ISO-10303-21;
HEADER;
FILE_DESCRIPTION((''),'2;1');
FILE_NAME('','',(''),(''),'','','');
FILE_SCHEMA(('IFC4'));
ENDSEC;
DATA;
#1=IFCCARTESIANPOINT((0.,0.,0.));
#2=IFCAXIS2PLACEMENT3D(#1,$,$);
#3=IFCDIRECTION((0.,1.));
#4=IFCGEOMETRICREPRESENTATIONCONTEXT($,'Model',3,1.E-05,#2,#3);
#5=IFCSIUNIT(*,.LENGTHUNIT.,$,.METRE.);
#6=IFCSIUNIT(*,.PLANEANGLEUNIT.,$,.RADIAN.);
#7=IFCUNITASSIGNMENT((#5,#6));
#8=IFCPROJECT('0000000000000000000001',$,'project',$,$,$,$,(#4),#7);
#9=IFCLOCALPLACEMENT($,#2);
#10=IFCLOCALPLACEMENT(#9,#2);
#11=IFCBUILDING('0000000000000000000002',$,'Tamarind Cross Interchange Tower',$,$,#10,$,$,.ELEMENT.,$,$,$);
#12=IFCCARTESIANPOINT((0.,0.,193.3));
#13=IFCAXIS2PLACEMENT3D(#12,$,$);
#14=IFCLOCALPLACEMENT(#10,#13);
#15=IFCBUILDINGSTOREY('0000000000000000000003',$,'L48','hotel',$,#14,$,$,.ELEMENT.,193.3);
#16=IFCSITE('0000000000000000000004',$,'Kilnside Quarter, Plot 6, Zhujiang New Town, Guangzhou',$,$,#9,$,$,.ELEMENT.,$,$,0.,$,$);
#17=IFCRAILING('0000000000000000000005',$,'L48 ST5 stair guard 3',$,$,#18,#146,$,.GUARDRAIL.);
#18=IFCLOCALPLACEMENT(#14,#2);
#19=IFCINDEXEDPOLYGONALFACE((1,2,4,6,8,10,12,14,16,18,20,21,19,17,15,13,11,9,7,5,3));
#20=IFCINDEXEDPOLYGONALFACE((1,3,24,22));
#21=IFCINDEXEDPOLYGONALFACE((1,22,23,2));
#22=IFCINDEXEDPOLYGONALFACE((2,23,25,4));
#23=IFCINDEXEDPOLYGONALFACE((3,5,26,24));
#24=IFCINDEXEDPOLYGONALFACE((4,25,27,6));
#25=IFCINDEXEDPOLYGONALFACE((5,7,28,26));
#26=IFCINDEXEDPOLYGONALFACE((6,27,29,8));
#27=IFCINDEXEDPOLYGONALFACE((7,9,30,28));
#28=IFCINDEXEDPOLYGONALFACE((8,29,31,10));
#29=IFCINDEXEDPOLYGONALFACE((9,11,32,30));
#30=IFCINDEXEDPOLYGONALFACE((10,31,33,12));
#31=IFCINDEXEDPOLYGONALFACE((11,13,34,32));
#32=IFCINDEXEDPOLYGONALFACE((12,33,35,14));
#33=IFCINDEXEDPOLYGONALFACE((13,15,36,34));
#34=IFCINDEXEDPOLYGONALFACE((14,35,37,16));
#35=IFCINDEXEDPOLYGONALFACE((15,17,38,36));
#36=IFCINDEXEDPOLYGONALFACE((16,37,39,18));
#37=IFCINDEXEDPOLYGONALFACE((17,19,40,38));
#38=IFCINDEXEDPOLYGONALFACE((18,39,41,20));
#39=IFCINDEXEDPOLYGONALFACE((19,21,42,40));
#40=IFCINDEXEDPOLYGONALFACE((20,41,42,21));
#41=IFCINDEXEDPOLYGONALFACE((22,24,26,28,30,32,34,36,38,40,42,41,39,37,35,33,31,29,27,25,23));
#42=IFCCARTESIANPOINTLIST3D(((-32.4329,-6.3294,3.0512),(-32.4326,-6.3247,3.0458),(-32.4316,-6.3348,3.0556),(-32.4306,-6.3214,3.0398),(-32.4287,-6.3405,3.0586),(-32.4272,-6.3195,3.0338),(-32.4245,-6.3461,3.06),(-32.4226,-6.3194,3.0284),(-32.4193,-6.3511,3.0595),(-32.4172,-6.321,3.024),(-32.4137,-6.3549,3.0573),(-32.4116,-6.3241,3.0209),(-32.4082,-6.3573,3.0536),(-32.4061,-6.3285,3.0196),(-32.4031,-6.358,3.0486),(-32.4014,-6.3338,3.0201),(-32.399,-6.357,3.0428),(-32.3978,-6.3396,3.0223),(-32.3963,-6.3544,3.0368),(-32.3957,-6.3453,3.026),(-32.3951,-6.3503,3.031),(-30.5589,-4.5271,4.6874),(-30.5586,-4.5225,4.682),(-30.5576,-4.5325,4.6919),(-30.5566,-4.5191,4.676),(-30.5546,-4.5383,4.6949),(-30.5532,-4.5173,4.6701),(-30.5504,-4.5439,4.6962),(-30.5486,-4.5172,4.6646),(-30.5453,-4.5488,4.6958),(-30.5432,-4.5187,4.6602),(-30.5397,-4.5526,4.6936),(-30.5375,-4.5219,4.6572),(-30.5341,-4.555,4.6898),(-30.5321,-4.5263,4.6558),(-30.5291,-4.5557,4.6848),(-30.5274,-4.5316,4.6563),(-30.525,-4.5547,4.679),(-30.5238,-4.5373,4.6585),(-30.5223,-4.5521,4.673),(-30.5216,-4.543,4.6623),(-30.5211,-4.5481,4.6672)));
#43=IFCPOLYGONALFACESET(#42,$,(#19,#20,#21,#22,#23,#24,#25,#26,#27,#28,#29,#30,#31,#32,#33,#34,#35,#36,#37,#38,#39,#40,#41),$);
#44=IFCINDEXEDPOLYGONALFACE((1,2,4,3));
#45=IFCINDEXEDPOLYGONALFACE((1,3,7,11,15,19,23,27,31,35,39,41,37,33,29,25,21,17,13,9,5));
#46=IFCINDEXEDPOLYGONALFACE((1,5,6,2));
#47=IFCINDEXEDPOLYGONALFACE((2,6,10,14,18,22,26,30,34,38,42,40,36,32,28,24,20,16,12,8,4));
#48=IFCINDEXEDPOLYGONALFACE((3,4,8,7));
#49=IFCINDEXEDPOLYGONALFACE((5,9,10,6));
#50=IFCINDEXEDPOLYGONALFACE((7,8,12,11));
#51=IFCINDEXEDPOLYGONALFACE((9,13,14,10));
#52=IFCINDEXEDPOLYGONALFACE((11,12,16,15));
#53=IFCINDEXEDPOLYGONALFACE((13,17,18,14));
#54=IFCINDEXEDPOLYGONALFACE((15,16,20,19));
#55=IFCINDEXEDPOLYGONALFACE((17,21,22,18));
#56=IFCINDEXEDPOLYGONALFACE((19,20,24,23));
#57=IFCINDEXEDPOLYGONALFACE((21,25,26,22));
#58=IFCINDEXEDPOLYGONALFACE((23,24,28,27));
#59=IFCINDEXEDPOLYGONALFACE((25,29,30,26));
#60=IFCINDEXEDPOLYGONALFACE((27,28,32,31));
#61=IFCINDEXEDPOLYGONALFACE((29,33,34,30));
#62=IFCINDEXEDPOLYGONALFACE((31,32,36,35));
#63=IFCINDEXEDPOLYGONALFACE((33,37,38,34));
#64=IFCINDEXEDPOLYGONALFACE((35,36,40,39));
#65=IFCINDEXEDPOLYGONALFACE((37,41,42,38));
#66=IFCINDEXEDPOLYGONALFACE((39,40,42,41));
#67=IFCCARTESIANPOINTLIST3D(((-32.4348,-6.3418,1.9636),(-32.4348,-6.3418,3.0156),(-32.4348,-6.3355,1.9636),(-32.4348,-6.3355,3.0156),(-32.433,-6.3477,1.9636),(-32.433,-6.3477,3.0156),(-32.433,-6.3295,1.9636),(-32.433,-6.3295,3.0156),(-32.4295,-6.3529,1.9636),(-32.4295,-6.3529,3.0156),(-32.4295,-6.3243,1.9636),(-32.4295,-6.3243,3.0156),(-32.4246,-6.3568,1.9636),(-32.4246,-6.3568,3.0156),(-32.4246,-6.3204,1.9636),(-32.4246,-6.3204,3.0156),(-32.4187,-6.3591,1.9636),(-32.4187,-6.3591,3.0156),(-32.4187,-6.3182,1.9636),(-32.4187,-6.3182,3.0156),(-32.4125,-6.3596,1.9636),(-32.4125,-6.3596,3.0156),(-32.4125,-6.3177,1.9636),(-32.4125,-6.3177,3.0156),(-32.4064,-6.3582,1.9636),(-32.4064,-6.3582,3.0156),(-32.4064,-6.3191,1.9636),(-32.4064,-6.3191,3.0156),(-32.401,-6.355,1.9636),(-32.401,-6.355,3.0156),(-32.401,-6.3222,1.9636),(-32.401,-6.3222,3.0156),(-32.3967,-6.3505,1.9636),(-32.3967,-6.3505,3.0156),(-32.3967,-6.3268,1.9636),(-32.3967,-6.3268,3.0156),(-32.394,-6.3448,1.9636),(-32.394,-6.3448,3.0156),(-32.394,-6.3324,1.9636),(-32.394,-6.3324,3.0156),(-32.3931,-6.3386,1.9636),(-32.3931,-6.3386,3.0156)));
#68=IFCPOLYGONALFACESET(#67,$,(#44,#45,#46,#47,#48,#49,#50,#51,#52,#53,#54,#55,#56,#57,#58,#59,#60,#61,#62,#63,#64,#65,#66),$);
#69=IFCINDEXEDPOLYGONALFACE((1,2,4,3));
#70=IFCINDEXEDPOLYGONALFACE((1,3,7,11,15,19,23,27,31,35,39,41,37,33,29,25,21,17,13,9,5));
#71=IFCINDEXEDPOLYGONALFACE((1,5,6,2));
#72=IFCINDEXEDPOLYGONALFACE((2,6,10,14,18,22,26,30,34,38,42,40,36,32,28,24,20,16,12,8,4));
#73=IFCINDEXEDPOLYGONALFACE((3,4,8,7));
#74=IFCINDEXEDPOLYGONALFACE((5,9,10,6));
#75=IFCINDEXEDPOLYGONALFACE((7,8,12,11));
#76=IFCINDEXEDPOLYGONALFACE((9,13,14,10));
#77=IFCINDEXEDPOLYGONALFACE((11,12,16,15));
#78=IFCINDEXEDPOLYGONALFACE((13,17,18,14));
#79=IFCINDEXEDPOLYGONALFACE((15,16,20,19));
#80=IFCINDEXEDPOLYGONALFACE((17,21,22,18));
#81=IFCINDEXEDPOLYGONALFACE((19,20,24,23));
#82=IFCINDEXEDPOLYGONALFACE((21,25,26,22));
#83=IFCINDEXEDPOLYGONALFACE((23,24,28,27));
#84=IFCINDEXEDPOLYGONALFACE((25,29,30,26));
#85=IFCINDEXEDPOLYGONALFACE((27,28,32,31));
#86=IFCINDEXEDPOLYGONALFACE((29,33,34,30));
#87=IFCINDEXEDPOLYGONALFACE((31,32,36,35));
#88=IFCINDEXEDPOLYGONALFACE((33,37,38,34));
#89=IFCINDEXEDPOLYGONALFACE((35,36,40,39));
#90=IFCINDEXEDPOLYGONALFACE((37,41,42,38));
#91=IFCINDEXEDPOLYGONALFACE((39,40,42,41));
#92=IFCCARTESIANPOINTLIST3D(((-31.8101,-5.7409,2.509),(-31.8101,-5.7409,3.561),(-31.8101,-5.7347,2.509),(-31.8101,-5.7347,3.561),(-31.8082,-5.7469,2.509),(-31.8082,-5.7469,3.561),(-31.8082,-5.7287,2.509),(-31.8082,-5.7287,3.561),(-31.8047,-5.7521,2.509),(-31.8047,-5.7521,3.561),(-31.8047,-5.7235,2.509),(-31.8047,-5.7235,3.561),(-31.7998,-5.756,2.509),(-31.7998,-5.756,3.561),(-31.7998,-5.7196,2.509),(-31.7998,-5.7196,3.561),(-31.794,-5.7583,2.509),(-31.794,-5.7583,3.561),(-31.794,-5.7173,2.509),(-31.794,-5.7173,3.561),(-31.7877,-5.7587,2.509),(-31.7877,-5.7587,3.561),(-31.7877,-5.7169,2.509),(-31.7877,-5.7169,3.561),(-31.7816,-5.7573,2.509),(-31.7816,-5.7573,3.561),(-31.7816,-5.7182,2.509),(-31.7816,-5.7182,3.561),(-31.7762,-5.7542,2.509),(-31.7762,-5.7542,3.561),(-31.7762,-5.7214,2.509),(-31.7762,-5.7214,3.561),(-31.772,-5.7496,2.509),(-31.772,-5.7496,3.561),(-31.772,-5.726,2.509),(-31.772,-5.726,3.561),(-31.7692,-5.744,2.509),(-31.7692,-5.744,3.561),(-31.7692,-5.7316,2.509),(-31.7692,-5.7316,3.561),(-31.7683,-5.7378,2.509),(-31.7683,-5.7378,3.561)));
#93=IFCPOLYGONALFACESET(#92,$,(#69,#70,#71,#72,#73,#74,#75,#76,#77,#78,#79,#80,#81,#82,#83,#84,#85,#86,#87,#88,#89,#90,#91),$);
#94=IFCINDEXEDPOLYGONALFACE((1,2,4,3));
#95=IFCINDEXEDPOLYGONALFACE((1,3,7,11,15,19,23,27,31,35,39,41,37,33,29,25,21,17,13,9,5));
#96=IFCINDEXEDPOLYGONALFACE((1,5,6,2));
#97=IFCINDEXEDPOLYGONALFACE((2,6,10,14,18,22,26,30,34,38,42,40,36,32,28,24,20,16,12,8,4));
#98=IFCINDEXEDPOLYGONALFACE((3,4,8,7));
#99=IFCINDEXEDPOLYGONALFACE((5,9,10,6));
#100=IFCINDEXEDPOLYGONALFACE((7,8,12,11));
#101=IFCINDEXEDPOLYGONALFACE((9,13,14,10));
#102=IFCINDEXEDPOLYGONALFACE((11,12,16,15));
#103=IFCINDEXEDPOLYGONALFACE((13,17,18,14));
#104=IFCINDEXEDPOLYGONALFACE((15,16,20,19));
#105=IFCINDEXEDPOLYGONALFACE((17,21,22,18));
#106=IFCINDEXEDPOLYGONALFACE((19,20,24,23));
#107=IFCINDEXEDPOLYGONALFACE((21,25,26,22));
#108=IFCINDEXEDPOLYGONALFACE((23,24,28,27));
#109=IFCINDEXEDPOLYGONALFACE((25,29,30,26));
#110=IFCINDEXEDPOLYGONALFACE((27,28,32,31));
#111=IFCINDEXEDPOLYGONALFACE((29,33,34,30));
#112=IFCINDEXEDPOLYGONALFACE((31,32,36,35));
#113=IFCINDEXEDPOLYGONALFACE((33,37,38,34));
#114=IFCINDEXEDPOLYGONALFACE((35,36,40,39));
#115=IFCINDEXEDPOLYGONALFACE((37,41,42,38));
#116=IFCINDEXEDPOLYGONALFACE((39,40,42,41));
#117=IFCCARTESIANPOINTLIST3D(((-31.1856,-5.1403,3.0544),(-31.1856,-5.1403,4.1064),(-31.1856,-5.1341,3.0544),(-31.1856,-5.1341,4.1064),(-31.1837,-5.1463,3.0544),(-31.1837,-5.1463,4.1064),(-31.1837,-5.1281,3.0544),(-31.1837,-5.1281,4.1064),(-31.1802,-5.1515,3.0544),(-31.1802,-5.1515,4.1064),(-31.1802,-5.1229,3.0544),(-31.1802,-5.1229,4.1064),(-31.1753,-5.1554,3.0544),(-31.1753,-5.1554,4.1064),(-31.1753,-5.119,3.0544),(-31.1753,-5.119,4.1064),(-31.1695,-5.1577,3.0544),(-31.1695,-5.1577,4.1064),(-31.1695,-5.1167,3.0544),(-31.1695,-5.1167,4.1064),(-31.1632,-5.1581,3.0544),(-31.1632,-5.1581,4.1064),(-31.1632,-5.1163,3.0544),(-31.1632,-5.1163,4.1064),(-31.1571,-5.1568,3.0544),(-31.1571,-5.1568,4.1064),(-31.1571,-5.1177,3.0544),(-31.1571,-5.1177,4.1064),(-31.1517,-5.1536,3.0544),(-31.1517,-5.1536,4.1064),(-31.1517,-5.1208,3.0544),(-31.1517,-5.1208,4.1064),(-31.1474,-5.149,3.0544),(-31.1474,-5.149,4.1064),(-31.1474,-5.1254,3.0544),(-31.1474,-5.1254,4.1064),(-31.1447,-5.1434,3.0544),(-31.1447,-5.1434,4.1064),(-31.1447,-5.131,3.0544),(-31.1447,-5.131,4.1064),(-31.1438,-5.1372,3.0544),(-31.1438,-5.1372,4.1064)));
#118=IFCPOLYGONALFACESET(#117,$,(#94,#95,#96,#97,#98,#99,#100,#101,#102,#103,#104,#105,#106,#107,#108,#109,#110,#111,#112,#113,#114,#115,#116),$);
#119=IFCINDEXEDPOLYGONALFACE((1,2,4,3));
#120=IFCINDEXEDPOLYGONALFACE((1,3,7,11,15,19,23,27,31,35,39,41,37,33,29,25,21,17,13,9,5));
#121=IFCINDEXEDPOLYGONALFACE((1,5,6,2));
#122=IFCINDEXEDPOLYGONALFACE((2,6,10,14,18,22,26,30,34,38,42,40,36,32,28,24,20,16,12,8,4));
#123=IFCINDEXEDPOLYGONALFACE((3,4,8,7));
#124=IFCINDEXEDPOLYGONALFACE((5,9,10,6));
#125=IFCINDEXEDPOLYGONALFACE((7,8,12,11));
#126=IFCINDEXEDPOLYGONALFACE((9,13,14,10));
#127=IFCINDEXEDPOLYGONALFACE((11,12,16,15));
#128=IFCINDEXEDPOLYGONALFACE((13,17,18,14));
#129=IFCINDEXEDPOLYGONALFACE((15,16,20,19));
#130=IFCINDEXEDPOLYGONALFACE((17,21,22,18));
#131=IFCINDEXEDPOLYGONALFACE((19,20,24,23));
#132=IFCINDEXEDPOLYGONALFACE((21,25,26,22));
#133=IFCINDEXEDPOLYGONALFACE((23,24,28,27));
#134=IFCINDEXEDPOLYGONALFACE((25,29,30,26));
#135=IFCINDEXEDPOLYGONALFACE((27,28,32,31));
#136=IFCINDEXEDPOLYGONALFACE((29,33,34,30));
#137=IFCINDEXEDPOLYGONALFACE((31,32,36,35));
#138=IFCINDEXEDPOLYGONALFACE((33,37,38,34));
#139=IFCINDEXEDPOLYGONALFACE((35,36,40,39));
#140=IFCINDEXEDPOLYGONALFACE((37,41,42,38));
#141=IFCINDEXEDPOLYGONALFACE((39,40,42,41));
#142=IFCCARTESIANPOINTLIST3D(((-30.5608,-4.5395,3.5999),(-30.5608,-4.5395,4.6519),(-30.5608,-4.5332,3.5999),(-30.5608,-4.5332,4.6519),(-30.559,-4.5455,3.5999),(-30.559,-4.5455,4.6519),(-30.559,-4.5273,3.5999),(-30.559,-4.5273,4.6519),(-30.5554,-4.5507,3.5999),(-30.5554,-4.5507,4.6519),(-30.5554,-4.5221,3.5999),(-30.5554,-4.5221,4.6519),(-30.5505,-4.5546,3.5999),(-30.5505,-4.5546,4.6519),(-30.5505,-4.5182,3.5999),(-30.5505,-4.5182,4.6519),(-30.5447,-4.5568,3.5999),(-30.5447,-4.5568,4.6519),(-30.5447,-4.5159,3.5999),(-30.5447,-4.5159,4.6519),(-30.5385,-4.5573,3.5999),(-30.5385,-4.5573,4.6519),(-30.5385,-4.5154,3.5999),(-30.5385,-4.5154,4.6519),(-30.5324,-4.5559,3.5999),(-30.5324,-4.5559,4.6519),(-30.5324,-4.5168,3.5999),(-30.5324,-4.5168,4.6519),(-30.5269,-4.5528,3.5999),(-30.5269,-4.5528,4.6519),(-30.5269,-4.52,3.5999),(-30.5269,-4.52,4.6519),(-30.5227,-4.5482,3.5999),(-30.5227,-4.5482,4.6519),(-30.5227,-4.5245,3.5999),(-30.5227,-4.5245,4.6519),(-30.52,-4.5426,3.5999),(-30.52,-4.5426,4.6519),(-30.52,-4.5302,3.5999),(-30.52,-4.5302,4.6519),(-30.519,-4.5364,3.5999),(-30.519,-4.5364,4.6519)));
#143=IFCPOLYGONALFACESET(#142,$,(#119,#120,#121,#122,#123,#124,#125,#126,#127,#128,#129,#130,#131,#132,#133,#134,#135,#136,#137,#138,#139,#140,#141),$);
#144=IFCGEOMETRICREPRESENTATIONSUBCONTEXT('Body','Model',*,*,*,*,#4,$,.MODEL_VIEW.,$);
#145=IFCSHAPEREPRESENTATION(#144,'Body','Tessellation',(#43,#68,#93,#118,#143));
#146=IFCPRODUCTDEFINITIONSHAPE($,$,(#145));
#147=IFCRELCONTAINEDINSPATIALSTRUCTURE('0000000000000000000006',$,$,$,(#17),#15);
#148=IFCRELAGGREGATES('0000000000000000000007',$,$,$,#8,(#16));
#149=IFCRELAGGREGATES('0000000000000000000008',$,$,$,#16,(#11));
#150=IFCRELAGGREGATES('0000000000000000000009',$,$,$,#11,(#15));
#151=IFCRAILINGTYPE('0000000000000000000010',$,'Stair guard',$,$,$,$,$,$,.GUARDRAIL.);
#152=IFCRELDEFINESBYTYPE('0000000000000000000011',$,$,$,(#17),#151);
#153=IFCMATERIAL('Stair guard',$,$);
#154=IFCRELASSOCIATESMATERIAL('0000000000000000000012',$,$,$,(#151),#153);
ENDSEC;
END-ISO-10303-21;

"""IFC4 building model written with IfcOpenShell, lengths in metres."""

from ifc_helpers import new_model, si_unit, direction, frame, origin, origin_2d, place, context, subcontext, project, spatial, circle, extrude, material, type_object, element, save


model = new_model("IFC4")

# Units and contexts
model_context = context("Model", 3, precision=1e-05, world=origin(), true_north=direction((0.0, 1.0)))
body_context = subcontext(model_context, "Body", "Model", "MODEL_VIEW")
ifc_project = project(units=[si_unit("LENGTHUNIT", "METRE"), si_unit("PLANEANGLEUNIT", "RADIAN")], contexts=[model_context])

# Site, building, storey
site_placement = place(None, origin())
site = spatial("IfcSite", under=ifc_project, at=site_placement, Name="Kilnside Quarter, Plot 6, Zhujiang New Town, Guangzhou", CompositionType="ELEMENT", RefElevation=0.0)
building_placement = place(site_placement, origin())
building = spatial("IfcBuilding", under=site, at=building_placement, Name="Tamarind Cross Interchange Tower", CompositionType="ELEMENT")
storey_placement = place(building_placement, frame((0.0, 0.0, 193.3)))
storey = spatial("IfcBuildingStorey", under=building, at=storey_placement, Name="L48", Description="hotel", CompositionType="ELEMENT", Elevation=193.3)

# Railing
ifc_material_1 = material(Name="Stair guard")
railing_type_1 = type_object("IfcRailingType", Name="Stair guard", PredefinedType="GUARDRAIL", material=ifc_material_1)
railing_1_placement = place(storey_placement, frame((-32.4141, -6.3386, 1.9636)))
element("IfcRailing", 1, at=railing_1_placement, inside=storey, type_object=railing_type_1, Name="L48 ST5 stair guard 3", PredefinedType="GUARDRAIL", context=body_context, shape_type="SweptSolid", body=[
    extrude(circle(Radius=0.0239, at=origin_2d()), frame((0.0, 0.0, 1.0762), z_axis=(0.61003, 0.586665, 0.532624), x_axis=(-0.693169, 0.720775, 0.0)), (0.0, 0.0, 1.0), 3.072),
    extrude(circle(Radius=0.021, at=origin_2d()), origin(), (0.0, 0.0, 1.0), 1.052),
    extrude(circle(Radius=0.021, at=origin_2d()), frame((0.6248, 0.6008, 0.5454)), (0.0, 0.0, 1.0), 1.052),
    extrude(circle(Radius=0.021, at=origin_2d()), frame((1.2493, 1.2014, 1.0908)), (0.0, 0.0, 1.0), 1.052),
    extrude(circle(Radius=0.021, at=origin_2d()), frame((1.874, 1.8022, 1.6362)), (0.0, 0.0, 1.0), 1.052),
])

save(model, "model.ifc")
